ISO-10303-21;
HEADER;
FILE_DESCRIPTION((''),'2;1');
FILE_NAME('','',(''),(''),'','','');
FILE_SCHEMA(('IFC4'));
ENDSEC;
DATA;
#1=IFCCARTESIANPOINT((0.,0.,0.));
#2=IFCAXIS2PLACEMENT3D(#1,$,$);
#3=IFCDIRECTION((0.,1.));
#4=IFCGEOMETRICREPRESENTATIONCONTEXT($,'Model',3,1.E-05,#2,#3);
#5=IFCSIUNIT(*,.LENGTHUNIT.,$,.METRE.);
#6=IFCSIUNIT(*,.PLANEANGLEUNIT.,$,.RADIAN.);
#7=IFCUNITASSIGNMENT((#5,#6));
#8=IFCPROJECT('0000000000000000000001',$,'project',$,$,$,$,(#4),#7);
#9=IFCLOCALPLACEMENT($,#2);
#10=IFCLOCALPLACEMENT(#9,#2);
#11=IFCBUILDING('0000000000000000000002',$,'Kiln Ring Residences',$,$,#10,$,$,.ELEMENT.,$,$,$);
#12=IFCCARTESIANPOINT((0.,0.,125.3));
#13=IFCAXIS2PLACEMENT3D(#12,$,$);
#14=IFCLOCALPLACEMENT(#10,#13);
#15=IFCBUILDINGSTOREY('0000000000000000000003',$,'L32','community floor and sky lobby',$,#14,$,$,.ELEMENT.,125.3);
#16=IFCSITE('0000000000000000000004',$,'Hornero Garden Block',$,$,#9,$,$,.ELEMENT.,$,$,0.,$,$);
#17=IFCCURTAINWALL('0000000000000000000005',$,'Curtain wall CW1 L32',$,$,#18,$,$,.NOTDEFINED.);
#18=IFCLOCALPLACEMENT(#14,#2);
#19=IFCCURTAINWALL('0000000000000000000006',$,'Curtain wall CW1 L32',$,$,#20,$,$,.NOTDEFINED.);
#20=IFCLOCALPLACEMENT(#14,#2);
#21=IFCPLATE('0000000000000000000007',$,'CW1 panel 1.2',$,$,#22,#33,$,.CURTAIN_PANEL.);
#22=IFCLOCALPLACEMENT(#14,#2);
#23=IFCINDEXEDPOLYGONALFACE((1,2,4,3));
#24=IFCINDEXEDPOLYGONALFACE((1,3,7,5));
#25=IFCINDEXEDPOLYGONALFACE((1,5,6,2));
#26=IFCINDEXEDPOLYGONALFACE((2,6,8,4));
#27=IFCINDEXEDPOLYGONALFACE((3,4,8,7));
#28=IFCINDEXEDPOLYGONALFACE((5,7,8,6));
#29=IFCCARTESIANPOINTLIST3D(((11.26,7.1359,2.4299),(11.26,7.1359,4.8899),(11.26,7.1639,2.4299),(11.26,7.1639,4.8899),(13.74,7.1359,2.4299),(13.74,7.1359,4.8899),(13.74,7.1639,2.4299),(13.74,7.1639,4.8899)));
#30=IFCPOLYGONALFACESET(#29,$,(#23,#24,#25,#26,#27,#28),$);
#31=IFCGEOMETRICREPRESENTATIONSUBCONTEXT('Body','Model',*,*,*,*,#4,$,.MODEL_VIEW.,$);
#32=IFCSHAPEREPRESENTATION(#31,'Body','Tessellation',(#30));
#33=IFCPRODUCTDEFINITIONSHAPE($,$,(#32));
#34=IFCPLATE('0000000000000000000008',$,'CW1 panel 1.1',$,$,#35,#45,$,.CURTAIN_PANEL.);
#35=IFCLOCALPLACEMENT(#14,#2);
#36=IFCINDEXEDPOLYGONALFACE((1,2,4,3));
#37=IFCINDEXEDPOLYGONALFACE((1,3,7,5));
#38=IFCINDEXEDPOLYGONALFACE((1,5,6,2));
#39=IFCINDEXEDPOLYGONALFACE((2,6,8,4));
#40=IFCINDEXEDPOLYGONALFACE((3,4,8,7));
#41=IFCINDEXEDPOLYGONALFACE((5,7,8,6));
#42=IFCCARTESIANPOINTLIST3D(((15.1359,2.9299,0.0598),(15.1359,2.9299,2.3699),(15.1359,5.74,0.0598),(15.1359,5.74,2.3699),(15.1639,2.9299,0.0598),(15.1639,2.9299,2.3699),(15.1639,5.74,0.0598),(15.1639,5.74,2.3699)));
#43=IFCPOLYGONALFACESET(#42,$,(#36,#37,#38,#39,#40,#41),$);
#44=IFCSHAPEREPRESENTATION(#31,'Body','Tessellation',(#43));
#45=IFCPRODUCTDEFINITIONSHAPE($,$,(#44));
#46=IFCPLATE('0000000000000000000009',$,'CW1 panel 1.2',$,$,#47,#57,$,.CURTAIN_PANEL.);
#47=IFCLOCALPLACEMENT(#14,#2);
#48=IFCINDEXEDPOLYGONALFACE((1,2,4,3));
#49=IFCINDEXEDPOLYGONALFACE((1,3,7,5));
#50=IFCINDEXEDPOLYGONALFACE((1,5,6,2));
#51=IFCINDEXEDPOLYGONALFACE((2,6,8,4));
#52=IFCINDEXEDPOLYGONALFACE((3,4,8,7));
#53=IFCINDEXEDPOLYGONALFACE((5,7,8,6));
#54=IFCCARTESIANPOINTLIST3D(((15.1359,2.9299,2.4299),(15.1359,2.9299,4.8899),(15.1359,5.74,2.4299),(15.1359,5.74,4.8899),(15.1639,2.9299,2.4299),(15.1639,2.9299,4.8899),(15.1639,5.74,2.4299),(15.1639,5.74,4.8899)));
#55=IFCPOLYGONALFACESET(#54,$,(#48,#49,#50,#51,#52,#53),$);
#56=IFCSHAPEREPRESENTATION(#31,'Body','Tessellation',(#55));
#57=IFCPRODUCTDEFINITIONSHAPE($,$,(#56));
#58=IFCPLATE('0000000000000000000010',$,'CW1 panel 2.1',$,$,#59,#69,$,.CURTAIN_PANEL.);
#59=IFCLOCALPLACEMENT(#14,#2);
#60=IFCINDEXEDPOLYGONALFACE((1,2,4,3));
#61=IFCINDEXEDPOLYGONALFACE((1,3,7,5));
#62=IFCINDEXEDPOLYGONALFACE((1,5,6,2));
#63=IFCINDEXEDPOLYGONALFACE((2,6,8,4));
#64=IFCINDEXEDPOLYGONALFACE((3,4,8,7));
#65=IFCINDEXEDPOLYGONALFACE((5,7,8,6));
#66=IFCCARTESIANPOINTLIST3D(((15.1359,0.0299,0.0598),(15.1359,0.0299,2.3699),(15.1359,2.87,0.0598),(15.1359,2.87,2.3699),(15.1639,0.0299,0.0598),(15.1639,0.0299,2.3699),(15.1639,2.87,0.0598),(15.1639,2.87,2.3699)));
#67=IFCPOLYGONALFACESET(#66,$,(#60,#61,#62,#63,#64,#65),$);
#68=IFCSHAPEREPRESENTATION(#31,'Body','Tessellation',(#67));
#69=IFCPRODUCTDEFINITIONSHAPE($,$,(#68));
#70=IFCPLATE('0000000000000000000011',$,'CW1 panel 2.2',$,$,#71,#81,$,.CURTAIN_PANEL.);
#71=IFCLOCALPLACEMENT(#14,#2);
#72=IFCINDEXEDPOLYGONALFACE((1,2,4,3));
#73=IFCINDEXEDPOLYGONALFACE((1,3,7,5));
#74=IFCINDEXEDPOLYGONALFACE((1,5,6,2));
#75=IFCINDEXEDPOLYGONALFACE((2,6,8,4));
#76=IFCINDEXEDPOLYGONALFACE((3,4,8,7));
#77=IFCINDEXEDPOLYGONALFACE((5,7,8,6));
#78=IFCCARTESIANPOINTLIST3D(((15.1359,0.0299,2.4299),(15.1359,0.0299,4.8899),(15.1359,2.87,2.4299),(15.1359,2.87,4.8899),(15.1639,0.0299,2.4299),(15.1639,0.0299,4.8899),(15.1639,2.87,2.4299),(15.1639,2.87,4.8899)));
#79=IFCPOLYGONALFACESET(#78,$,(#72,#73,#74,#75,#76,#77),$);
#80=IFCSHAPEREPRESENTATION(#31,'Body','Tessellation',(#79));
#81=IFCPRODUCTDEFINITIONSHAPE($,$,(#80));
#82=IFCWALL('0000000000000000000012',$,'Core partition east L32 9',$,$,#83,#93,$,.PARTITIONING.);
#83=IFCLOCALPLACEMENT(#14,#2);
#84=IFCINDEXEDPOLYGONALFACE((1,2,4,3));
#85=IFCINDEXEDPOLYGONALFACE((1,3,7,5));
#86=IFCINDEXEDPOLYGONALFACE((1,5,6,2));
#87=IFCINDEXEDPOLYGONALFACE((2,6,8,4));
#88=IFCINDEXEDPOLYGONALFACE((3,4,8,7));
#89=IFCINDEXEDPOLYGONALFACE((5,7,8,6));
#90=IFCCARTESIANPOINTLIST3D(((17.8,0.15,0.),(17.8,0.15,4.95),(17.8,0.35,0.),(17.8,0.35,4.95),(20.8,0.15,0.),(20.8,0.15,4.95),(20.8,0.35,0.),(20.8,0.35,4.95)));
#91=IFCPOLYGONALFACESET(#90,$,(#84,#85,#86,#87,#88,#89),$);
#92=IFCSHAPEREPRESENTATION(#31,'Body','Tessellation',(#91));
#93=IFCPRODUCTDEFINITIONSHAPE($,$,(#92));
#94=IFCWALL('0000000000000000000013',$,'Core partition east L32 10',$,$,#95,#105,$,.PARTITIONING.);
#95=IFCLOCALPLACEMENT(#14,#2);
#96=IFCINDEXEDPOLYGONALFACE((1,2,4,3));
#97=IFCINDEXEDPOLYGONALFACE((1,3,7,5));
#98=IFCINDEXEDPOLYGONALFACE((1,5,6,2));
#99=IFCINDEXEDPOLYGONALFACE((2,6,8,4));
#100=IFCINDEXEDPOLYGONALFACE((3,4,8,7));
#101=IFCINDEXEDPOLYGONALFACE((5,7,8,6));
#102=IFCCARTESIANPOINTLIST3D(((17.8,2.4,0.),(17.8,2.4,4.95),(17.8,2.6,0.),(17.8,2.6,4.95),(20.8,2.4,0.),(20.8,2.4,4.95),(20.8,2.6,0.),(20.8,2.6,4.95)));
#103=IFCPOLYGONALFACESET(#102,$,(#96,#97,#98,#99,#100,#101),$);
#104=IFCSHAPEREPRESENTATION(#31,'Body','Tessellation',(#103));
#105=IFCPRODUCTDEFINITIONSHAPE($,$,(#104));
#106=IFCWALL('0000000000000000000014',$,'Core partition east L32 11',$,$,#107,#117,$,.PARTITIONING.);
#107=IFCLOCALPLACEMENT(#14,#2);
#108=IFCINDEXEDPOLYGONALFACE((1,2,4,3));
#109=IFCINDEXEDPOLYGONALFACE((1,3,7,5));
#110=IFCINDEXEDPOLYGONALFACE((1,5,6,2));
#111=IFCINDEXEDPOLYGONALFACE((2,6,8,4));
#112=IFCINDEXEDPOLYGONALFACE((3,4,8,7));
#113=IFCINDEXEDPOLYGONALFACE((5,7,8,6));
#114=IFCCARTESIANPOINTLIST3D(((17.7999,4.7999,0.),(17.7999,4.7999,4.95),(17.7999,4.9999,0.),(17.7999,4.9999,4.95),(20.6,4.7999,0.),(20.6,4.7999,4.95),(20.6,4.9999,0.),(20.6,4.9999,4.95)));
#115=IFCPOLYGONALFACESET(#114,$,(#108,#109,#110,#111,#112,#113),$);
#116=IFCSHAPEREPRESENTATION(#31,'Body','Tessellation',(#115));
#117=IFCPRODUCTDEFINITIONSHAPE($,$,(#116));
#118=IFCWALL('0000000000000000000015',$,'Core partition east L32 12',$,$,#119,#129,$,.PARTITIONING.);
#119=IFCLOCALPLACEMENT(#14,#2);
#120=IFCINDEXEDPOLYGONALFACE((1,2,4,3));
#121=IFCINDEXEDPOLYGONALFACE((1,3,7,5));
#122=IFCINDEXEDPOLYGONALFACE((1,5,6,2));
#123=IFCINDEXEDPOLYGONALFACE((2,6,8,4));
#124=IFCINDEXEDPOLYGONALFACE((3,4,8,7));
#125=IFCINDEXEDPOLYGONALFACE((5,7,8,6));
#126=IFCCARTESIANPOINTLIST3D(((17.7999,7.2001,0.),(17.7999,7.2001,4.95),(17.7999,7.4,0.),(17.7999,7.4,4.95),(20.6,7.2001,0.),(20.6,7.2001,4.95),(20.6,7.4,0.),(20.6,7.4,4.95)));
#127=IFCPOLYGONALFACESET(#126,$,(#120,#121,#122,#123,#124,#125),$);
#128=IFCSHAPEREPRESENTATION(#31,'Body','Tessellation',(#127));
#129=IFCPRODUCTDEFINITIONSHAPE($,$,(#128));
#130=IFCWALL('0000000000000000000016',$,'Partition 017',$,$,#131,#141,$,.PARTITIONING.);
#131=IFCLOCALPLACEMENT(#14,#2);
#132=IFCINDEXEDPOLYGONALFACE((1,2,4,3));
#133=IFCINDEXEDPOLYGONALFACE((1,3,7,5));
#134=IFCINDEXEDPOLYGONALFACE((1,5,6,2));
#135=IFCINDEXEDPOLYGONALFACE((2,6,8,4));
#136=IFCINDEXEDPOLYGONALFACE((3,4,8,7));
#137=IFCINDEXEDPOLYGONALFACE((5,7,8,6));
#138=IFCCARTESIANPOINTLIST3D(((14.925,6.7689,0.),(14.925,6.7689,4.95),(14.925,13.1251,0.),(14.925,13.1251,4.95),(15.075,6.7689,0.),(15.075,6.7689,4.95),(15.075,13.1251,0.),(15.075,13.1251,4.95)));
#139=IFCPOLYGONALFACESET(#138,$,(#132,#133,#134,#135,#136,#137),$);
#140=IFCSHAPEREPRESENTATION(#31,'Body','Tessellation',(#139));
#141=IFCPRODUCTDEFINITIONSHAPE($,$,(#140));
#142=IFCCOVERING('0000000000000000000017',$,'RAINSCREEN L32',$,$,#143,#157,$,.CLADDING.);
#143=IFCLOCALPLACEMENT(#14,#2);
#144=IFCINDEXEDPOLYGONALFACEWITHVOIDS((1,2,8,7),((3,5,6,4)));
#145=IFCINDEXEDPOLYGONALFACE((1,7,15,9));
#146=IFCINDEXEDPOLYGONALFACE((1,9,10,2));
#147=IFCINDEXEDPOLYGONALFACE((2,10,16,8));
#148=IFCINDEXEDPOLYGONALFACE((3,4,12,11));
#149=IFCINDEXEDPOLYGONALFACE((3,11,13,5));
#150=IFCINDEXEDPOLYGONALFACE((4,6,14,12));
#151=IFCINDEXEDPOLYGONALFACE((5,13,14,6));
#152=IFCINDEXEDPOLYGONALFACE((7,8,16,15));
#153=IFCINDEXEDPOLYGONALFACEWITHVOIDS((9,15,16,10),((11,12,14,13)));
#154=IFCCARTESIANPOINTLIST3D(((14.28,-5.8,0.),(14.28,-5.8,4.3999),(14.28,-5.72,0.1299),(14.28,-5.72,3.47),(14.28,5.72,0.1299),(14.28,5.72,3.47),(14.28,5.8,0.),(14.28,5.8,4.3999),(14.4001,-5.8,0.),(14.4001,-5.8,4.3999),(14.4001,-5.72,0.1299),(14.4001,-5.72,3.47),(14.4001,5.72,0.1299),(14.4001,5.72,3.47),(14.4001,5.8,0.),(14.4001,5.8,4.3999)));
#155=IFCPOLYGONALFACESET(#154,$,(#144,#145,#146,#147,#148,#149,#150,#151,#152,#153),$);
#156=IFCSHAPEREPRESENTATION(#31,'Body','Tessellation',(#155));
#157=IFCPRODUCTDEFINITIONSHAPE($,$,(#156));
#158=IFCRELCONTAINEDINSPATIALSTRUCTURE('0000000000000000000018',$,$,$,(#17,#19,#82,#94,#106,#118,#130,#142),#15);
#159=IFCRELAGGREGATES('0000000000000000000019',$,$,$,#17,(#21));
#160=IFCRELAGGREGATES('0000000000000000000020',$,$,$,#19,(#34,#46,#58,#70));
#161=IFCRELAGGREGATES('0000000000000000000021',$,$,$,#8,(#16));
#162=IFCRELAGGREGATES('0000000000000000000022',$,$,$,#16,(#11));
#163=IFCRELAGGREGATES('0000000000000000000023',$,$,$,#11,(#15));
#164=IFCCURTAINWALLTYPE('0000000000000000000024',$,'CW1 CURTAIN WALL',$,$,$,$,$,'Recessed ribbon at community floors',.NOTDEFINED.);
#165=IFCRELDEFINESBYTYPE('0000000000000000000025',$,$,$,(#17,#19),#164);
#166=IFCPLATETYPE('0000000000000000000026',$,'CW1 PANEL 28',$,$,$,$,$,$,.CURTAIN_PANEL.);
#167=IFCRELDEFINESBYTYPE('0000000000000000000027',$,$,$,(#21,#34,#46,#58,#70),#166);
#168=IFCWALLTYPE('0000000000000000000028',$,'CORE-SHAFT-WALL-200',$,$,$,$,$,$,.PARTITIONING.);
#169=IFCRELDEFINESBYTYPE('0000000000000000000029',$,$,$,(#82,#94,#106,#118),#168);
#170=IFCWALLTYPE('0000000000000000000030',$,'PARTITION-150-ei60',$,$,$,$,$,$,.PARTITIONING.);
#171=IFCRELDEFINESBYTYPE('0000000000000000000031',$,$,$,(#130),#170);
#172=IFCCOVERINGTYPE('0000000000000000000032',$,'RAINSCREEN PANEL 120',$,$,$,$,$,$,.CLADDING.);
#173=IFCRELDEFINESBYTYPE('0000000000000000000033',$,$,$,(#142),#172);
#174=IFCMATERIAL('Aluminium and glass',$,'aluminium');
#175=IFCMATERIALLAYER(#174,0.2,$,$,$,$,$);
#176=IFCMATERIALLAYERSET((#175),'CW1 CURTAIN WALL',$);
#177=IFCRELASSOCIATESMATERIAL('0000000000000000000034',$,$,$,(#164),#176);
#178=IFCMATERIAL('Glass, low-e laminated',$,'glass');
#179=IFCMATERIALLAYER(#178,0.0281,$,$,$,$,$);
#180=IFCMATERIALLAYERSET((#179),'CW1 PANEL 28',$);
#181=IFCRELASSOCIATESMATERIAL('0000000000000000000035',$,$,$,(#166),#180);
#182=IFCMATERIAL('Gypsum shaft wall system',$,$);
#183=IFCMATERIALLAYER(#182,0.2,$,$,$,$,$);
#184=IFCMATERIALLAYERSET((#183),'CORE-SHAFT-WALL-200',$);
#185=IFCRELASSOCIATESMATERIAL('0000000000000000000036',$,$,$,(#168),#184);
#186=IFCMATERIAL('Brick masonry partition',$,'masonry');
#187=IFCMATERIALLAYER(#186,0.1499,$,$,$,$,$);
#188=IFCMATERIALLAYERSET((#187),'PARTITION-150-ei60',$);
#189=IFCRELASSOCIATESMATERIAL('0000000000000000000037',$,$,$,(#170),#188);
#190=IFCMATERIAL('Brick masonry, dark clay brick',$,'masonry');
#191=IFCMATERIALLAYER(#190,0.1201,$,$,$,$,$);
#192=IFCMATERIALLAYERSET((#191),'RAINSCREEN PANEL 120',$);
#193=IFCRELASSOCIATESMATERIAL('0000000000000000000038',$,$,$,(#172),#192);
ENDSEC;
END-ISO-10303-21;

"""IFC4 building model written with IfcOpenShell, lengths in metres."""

from ifc_helpers import new_model, si_unit, direction, frame, frame_2d, origin, origin_2d, place, context, subcontext, project, spatial, polyline, rectangle, outline, extrude, material, layer, layer_set, type_object, element, aggregate, save


model = new_model("IFC4")

# Units and contexts
model_context = context("Model", 3, precision=1e-05, world=origin(), true_north=direction((0.0, 1.0)))
body_context = subcontext(model_context, "Body", "Model", "MODEL_VIEW")
ifc_project = project(units=[si_unit("LENGTHUNIT", "METRE"), si_unit("PLANEANGLEUNIT", "RADIAN")], contexts=[model_context])

# Site, building, storey
site_placement = place(None, origin())
site = spatial("IfcSite", under=ifc_project, at=site_placement, Name="Hornero Garden Block", CompositionType="ELEMENT", RefElevation=0.0)
building_placement = place(site_placement, origin())
building = spatial("IfcBuilding", under=site, at=building_placement, Name="Kiln Ring Residences", CompositionType="ELEMENT")
storey_placement = place(building_placement, frame((0.0, 0.0, 125.3)))
storey = spatial("IfcBuildingStorey", under=building, at=storey_placement, Name="L32", Description="community floor and sky lobby", CompositionType="ELEMENT", Elevation=125.3)

# Curtain wall
ifc_material_1 = material(Name="Aluminium and glass", Category="aluminium")
ifc_layer_1 = layer(ifc_material_1, 0.2)
ifc_layer_set_1 = layer_set([ifc_layer_1], Name="CW1 CURTAIN WALL")
curtain_wall_type = type_object("IfcCurtainWallType", Name="CW1 CURTAIN WALL", ElementType="Recessed ribbon at community floors", PredefinedType="NOTDEFINED", material=ifc_layer_set_1)
placement = place(storey_placement, origin())
curtain_wall_1 = element("IfcCurtainWall", 1, at=placement, inside=storey, type_object=curtain_wall_type, Name="Curtain wall CW1 L32", PredefinedType="NOTDEFINED")

# Curtain wall
curtain_wall_2 = element("IfcCurtainWall", 2, at=placement, inside=storey, type_object=curtain_wall_type, Name="Curtain wall CW1 L32", PredefinedType="NOTDEFINED")

# Plates
ifc_material_2 = material(Name="Glass, low-e laminated", Category="glass")
ifc_layer_2 = layer(ifc_material_2, 0.0281)
ifc_layer_set_2 = layer_set([ifc_layer_2], Name="CW1 PANEL 28")
plate_type = type_object("IfcPlateType", Name="CW1 PANEL 28", PredefinedType="CURTAIN_PANEL", material=ifc_layer_set_2)
plate_1_placement = place(storey_placement, frame((12.5, 7.1499, 2.4299), z_axis=(0.0, 0.0, 1.0), x_axis=(1.0, 0.0, 0.0)))
plate_1 = element("IfcPlate", 3, at=plate_1_placement, type_object=plate_type, Name="CW1 panel 1.2", PredefinedType="CURTAIN_PANEL", context=body_context, shape_type="SweptSolid", body=[
    extrude(rectangle(XDim=2.48, YDim=0.0281, at=origin_2d()), origin(), (0.0, 0.0, 1.0), 2.46),
])
aggregate(curtain_wall_1, [plate_1])
plate_2_placement = place(storey_placement, frame((15.1499, 4.335, 0.0598), z_axis=(0.0, 0.0, 1.0), x_axis=(0.0, -1.0, 0.0)))
plate_2 = element("IfcPlate", 4, at=plate_2_placement, type_object=plate_type, Name="CW1 panel 1.1", PredefinedType="CURTAIN_PANEL", context=body_context, shape_type="SweptSolid", body=[
    extrude(rectangle(XDim=2.8101, YDim=0.0281, at=origin_2d()), origin(), (0.0, 0.0, 1.0), 2.3101),
])
plate_3_placement = place(storey_placement, frame((15.1499, 4.335, 2.4299), z_axis=(0.0, 0.0, 1.0), x_axis=(0.0, -1.0, 0.0)))
plate_3 = element("IfcPlate", 5, at=plate_3_placement, type_object=plate_type, Name="CW1 panel 1.2", PredefinedType="CURTAIN_PANEL", context=body_context, shape_type="SweptSolid", body=[
    extrude(rectangle(XDim=2.8101, YDim=0.0281, at=origin_2d()), origin(), (0.0, 0.0, 1.0), 2.46),
])
plate_4_placement = place(storey_placement, frame((15.1499, 1.45, 0.0598), z_axis=(0.0, 0.0, 1.0), x_axis=(0.0, -1.0, 0.0)))
plate_4 = element("IfcPlate", 6, at=plate_4_placement, type_object=plate_type, Name="CW1 panel 2.1", PredefinedType="CURTAIN_PANEL", context=body_context, shape_type="SweptSolid", body=[
    extrude(rectangle(XDim=2.8401, YDim=0.0281, at=origin_2d()), origin(), (0.0, 0.0, 1.0), 2.3101),
])
plate_5_placement = place(storey_placement, frame((15.1499, 1.45, 2.4299), z_axis=(0.0, 0.0, 1.0), x_axis=(0.0, -1.0, 0.0)))
plate_5 = element("IfcPlate", 7, at=plate_5_placement, type_object=plate_type, Name="CW1 panel 2.2", PredefinedType="CURTAIN_PANEL", context=body_context, shape_type="SweptSolid", body=[
    extrude(rectangle(XDim=2.8401, YDim=0.0281, at=origin_2d()), origin(), (0.0, 0.0, 1.0), 2.46),
])
aggregate(curtain_wall_2, [plate_2, plate_3, plate_4, plate_5])

# Walls
ifc_material_3 = material(Name="Gypsum shaft wall system")
ifc_layer_3 = layer(ifc_material_3, 0.2)
ifc_layer_set_3 = layer_set([ifc_layer_3], Name="CORE-SHAFT-WALL-200")
wall_type_1 = type_object("IfcWallType", Name="CORE-SHAFT-WALL-200", PredefinedType="PARTITIONING", material=ifc_layer_set_3)
for number, where, z_axis, x_axis, name in (
    (8, (17.8, 0.25, 0.0), (0.0, 0.0, 1.0), (1.0, 0.0, 0.0), "Core partition east L32 9"),
    (9, (17.8, 2.5, 0.0), (0.0, 0.0, 1.0), (1.0, 0.0, 0.0), "Core partition east L32 10"),
):
    element("IfcWall", number, at=place(storey_placement, frame(where, z_axis=z_axis, x_axis=x_axis)), inside=storey, type_object=wall_type_1, Name=name, PredefinedType="PARTITIONING", context=body_context, shape_type="SweptSolid", body=[
        extrude(rectangle(XDim=3.0, YDim=0.2, at=frame_2d((1.5, 0.0))), origin(), (0.0, 0.0, 1.0), 4.95),
    ])
for number, where, z_axis, x_axis, name in (
    (10, (17.8, 4.8999, 0.0), (0.0, 0.0, 1.0), (1.0, 0.0, 0.0), "Core partition east L32 11"),
    (11, (17.8, 7.3, 0.0), (0.0, 0.0, 1.0), (1.0, 0.0, 0.0), "Core partition east L32 12"),
):
    element("IfcWall", number, at=place(storey_placement, frame(where, z_axis=z_axis, x_axis=x_axis)), inside=storey, type_object=wall_type_1, Name=name, PredefinedType="PARTITIONING", context=body_context, shape_type="SweptSolid", body=[
        extrude(rectangle(XDim=2.8, YDim=0.2, at=frame_2d((1.3999, 0.0))), origin(), (0.0, 0.0, 1.0), 4.95),
    ])
ifc_material_4 = material(Name="Brick masonry partition", Category="masonry")
ifc_layer_4 = layer(ifc_material_4, 0.1499)
ifc_layer_set_4 = layer_set([ifc_layer_4], Name="PARTITION-150-ei60")
wall_type_2 = type_object("IfcWallType", Name="PARTITION-150-ei60", PredefinedType="PARTITIONING", material=ifc_layer_set_4)
wall_placement = place(storey_placement, frame((15.0, 6.7688, 0.0), z_axis=(0.0, 0.0, 1.0), x_axis=(0.0, 1.0, 0.0)))
element("IfcWall", 12, at=wall_placement, inside=storey, type_object=wall_type_2, Name="Partition 017", PredefinedType="PARTITIONING", context=body_context, shape_type="SweptSolid", body=[
    extrude(rectangle(XDim=6.3562, YDim=0.1499, at=frame_2d((3.1782, 0.0))), origin(), (0.0, 0.0, 1.0), 4.95),
])

# Covering
ifc_material_5 = material(Name="Brick masonry, dark clay brick", Category="masonry")
ifc_layer_5 = layer(ifc_material_5, 0.1201)
ifc_layer_set_5 = layer_set([ifc_layer_5], Name="RAINSCREEN PANEL 120")
covering_type = type_object("IfcCoveringType", Name="RAINSCREEN PANEL 120", PredefinedType="CLADDING", material=ifc_layer_set_5)
covering_placement = place(storey_placement, frame((14.3401, 5.8, 0.0), z_axis=(0.0, 0.0, 1.0), x_axis=(0.0, -1.0, 0.0)))
element("IfcCovering", 13, at=covering_placement, inside=storey, type_object=covering_type, Name="RAINSCREEN L32", PredefinedType="CLADDING", context=body_context, shape_type="SweptSolid", body=[
    extrude(outline(polyline([(0.0, 0.0), (11.6001, 0.0), (11.6001, 4.3999), (0.0, 4.3999), (0.0, 0.0)]), holes=[polyline([(0.0801, 3.47), (0.0801, 0.1299), (11.52, 0.1299), (11.52, 3.47), (0.0801, 3.47)])]), frame((0.0, 0.0601, 0.0), z_axis=(0.0, -1.0, 0.0), x_axis=(1.0, 0.0, 0.0)), (0.0, 0.0, 1.0), 0.1201),
])

save(model, "model.ifc")
